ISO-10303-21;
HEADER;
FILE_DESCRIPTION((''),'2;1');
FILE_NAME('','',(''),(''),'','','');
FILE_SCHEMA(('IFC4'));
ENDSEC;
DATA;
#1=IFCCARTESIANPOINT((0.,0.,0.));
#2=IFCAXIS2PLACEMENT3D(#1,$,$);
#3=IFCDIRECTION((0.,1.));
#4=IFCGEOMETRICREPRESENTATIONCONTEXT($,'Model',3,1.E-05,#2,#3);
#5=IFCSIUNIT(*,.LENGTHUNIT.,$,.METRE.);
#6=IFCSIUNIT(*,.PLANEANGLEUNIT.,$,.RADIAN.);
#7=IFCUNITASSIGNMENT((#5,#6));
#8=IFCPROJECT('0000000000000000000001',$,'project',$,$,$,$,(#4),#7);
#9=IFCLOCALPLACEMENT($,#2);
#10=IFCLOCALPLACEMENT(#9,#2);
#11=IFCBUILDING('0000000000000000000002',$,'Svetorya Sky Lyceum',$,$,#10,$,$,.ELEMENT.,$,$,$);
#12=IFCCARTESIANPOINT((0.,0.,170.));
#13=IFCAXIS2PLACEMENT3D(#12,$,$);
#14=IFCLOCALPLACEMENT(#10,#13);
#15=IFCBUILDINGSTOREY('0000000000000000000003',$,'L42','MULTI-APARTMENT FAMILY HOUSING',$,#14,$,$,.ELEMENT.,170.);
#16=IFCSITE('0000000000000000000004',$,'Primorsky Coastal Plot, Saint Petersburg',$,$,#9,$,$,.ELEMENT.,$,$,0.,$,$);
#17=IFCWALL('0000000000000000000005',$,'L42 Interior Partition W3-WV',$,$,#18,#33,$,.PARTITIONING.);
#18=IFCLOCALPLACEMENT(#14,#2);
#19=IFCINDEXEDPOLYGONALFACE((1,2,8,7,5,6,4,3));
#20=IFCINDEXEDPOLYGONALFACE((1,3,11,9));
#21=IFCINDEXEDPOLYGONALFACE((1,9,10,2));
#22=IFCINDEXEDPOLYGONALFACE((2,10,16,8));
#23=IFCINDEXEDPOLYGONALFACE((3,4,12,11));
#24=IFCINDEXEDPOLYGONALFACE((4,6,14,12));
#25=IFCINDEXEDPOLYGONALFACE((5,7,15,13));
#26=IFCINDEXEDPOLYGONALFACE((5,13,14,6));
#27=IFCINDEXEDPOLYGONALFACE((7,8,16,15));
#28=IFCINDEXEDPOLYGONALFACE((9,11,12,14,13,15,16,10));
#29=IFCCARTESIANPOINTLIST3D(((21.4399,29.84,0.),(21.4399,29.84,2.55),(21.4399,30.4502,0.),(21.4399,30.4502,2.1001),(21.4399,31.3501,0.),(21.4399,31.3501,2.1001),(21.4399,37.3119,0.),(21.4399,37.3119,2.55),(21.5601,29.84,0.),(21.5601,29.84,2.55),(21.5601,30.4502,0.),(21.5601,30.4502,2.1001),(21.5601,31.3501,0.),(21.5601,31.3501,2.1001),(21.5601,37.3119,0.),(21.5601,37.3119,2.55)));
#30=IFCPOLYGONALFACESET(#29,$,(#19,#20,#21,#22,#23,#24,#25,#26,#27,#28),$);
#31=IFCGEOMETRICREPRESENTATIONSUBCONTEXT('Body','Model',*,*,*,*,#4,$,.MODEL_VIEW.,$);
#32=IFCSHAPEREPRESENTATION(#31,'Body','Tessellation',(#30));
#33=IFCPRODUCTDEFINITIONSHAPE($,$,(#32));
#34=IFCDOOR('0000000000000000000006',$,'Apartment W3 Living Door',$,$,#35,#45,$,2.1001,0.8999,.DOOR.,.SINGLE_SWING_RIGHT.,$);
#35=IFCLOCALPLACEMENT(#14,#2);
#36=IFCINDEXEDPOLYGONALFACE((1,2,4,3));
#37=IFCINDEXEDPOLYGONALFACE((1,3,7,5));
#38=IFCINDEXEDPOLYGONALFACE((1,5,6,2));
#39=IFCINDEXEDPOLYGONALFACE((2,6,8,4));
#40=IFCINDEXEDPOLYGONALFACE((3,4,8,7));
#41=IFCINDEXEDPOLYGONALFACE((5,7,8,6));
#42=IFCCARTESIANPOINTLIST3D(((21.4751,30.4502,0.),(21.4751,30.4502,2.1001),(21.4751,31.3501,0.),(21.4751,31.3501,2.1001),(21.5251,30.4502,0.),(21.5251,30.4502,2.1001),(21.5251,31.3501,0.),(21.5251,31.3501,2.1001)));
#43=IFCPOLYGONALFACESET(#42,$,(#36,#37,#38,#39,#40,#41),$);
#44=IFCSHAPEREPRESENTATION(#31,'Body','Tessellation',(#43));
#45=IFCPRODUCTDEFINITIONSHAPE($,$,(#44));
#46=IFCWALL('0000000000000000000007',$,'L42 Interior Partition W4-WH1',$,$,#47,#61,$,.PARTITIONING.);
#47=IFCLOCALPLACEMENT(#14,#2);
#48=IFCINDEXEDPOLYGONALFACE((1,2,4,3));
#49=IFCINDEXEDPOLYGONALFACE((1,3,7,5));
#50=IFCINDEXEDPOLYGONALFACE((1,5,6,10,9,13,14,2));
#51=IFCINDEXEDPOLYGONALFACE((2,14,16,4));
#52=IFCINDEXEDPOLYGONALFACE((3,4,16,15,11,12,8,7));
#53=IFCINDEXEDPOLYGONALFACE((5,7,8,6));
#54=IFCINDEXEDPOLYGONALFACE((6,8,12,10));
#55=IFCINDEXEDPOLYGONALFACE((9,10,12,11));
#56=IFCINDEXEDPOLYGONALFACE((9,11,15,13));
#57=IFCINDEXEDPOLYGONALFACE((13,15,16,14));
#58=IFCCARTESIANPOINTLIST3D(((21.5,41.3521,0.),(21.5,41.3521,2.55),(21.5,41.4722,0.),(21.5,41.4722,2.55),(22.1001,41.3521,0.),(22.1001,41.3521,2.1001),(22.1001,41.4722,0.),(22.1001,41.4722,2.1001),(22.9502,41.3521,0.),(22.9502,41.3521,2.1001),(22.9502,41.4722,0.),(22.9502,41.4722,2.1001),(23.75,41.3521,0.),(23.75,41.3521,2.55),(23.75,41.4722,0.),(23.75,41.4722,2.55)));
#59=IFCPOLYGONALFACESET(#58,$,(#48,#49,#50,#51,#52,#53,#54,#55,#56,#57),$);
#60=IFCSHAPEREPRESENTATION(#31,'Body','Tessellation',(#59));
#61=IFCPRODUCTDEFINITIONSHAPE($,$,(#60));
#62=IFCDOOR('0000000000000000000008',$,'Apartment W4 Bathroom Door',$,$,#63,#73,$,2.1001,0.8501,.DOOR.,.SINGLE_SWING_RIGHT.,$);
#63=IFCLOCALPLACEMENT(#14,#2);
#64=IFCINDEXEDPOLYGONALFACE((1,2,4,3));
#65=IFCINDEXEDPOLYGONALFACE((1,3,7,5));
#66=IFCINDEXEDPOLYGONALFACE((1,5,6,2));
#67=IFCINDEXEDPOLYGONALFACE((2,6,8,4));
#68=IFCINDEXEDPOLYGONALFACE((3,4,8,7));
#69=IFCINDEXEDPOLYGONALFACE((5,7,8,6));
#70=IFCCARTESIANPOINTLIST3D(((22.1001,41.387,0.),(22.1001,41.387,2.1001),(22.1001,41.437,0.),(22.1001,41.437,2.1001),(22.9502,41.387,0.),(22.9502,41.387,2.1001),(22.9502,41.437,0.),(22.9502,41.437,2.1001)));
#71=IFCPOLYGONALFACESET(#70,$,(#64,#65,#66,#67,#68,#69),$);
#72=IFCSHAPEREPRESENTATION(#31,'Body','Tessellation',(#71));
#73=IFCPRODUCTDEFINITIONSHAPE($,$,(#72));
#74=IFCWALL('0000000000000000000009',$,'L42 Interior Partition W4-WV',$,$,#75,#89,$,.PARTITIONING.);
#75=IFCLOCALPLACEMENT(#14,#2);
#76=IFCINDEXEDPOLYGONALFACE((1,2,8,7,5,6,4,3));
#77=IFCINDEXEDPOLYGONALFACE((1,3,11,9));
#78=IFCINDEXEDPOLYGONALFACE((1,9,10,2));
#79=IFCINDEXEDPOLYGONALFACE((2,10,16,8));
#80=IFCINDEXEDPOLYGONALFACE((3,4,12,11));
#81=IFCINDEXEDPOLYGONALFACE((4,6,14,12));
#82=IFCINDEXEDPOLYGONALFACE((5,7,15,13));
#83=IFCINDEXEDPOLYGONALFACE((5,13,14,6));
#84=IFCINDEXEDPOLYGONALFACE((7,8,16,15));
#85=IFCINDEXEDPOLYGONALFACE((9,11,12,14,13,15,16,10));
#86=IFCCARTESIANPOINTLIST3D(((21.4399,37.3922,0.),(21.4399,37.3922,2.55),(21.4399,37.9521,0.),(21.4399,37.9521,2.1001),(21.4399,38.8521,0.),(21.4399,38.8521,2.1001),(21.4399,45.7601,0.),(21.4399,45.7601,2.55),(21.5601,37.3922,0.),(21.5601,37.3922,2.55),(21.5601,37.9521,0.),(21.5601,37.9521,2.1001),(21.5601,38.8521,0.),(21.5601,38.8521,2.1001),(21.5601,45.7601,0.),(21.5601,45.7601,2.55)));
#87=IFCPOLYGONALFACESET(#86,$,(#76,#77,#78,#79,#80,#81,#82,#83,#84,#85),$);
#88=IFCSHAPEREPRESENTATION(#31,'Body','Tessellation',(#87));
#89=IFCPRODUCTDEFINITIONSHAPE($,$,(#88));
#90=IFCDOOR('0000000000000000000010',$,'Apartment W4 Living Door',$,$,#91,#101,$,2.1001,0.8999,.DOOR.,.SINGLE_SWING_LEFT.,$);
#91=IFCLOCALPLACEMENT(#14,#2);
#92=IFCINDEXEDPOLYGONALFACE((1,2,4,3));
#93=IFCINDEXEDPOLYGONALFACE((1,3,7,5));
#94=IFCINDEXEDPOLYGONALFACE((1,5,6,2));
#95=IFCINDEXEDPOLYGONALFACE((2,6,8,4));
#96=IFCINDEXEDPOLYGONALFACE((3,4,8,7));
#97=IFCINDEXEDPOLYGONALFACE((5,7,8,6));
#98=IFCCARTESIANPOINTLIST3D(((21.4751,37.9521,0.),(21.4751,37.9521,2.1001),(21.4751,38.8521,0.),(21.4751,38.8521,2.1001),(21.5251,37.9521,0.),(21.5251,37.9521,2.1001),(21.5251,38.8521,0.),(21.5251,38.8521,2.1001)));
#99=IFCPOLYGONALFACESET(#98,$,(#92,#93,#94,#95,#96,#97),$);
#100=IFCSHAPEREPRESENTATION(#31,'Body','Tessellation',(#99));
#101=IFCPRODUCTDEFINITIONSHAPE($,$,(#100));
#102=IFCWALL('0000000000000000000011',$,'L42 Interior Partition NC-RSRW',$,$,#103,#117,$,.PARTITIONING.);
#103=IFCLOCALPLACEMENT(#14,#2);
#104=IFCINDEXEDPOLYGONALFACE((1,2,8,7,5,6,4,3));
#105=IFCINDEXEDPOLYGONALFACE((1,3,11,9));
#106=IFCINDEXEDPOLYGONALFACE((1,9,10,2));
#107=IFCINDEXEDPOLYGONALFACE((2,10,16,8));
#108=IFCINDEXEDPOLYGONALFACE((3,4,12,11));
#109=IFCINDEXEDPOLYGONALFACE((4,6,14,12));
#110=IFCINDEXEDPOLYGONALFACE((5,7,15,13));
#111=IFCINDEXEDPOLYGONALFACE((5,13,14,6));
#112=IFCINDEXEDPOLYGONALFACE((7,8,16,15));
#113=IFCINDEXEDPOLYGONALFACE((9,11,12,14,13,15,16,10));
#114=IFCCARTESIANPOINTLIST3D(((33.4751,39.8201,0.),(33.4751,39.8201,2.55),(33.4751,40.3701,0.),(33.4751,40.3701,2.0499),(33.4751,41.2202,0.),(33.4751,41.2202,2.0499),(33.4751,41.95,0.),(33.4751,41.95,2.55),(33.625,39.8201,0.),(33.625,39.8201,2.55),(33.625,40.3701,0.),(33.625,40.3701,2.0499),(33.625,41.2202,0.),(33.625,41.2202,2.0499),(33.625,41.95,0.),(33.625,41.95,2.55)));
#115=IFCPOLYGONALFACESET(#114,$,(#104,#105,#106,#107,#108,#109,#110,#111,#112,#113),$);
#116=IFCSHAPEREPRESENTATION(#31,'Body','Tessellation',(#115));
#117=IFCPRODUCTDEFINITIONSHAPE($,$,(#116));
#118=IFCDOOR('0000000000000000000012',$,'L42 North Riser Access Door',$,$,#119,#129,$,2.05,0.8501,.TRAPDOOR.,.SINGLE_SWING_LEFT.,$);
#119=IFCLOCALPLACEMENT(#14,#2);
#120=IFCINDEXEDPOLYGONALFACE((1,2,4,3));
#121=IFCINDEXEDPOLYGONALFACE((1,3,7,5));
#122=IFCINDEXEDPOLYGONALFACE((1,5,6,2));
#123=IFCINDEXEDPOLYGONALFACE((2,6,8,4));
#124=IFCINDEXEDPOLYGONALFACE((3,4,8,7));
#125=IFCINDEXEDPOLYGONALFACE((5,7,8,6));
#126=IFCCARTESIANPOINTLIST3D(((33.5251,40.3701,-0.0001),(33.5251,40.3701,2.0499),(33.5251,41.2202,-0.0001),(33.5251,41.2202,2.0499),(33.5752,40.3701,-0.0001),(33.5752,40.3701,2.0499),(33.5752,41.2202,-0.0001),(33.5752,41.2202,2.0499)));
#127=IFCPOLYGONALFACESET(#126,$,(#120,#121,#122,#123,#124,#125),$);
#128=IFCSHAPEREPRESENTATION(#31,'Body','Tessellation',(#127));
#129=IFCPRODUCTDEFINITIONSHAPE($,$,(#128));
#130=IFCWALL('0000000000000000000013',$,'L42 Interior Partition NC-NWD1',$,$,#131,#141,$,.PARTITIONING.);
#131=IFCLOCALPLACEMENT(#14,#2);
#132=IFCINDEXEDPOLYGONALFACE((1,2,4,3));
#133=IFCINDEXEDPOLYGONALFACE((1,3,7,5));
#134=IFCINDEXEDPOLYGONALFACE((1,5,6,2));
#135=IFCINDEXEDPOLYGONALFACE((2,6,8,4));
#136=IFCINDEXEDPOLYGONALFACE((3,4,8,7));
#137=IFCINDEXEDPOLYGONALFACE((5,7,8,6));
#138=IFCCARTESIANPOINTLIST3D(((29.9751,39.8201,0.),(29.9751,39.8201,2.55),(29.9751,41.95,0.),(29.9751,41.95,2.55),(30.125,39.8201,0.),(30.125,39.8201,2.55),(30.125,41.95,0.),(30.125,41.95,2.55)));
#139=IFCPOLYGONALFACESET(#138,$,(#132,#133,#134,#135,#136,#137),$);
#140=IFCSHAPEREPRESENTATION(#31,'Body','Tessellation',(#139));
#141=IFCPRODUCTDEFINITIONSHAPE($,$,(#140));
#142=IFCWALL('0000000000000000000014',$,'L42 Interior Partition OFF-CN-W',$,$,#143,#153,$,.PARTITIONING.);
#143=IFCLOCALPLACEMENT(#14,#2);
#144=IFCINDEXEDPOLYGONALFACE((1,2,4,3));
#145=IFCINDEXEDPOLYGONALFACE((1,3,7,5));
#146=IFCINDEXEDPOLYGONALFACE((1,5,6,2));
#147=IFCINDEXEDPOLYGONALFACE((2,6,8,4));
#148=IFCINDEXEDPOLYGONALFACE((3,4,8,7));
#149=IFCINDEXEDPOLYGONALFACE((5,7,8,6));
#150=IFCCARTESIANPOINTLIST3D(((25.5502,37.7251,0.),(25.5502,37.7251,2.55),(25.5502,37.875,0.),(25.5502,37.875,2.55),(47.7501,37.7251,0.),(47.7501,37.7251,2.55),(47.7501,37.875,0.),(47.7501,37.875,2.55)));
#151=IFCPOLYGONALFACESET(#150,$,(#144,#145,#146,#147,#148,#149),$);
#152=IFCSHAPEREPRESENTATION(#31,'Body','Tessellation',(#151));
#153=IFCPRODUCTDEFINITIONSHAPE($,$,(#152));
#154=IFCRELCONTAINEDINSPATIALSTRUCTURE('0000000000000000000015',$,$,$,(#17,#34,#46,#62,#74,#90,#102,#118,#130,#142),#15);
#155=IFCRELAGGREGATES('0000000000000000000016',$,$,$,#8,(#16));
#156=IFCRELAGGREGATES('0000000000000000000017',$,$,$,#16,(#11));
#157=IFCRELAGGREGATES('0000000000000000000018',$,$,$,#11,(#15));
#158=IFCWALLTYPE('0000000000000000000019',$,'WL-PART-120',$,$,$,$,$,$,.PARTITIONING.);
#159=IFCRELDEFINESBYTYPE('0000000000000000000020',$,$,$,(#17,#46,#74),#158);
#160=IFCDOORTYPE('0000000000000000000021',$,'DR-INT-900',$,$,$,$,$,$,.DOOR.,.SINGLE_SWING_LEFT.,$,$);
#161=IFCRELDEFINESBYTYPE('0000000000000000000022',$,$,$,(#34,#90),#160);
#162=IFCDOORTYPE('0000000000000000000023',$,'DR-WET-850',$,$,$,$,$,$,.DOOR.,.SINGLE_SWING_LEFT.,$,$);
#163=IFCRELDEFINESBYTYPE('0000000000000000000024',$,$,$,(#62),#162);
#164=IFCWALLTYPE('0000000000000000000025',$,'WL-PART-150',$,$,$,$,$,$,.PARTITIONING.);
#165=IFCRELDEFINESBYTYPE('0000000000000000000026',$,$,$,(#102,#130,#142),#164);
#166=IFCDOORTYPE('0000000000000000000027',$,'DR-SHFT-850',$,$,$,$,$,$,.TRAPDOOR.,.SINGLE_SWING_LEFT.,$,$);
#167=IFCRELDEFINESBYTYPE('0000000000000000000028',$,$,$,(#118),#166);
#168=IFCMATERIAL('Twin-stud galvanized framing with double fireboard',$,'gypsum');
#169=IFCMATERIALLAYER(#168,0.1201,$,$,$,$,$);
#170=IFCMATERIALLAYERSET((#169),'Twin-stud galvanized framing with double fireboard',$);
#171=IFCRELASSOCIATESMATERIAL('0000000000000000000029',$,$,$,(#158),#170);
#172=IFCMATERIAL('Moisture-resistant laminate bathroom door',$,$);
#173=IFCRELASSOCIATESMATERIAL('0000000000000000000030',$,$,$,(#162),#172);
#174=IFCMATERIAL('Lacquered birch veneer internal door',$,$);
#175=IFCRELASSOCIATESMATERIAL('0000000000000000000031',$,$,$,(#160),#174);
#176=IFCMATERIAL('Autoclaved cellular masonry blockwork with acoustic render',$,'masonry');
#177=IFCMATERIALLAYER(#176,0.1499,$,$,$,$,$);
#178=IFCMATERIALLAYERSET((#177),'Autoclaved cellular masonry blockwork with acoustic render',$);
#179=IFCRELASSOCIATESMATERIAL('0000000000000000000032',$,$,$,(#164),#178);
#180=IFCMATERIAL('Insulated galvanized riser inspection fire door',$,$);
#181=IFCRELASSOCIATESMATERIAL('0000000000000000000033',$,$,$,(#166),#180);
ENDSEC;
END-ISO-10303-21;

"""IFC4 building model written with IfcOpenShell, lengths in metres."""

from ifc_helpers import new_model, si_unit, direction, frame, frame_2d, origin, place, context, subcontext, project, spatial, rectangle, extrude, material, layer, layer_set, type_object, element, fill, save


model = new_model("IFC4")

# Units and contexts
model_context = context("Model", 3, precision=1e-05, world=origin(), true_north=direction((0.0, 1.0)))
body_context = subcontext(model_context, "Body", "Model", "MODEL_VIEW")
ifc_project = project(units=[si_unit("LENGTHUNIT", "METRE"), si_unit("PLANEANGLEUNIT", "RADIAN")], contexts=[model_context])

# Site, building, storey
site_placement = place(None, origin())
site = spatial("IfcSite", under=ifc_project, at=site_placement, Name="Primorsky Coastal Plot, Saint Petersburg", CompositionType="ELEMENT", RefElevation=0.0)
building_placement = place(site_placement, origin())
building = spatial("IfcBuilding", under=site, at=building_placement, Name="Svetorya Sky Lyceum", CompositionType="ELEMENT")
storey_placement = place(building_placement, frame((0.0, 0.0, 170.0)))
storey = spatial("IfcBuildingStorey", under=building, at=storey_placement, Name="L42", Description="MULTI-APARTMENT FAMILY HOUSING", CompositionType="ELEMENT", Elevation=170.0)

# Shared definitions
ifc_material_1 = material(Name="Twin-stud galvanized framing with double fireboard", Category="gypsum")
ifc_layer_1 = layer(ifc_material_1, 0.1201)
ifc_layer_set_1 = layer_set([ifc_layer_1], Name="Twin-stud galvanized framing with double fireboard")
wall_type_1 = type_object("IfcWallType", Name="WL-PART-120", PredefinedType="PARTITIONING", material=ifc_layer_set_1)

# Walls, openings, doors
ifc_material_2 = material(Name="Moisture-resistant laminate bathroom door")
door_type_1 = type_object("IfcDoorType", Name="DR-WET-850", OperationType="SINGLE_SWING_LEFT", PredefinedType="DOOR", material=ifc_material_2)
wall_1_placement = place(storey_placement, frame((21.5, 29.8401, 0.0), z_axis=(0.0, 0.0, 1.0), x_axis=(0.0, 1.0, 0.0)))
wall_1 = element("IfcWall", 1, at=wall_1_placement, inside=storey, type_object=wall_type_1, Name="L42 Interior Partition W3-WV", PredefinedType="PARTITIONING", context=body_context, shape_type="SweptSolid", body=[
    extrude(rectangle(XDim=7.4719, YDim=0.1201, at=frame_2d((3.7358, 0.0))), origin(), (0.0, 0.0, 1.0), 2.55),
])
opening_1_placement = place(wall_1_placement, frame((0.6101, 0.0, 0.0)))
opening_1 = element("IfcOpeningElement", 2, at=opening_1_placement, cuts=wall_1, PredefinedType="OPENING", context=body_context, shape_type="SweptSolid", body=[
    extrude(rectangle(XDim=0.8999, YDim=2.1001, at=frame_2d((0.45, 1.05))), frame((0.0, 0.0701, 0.0), z_axis=(0.0, -1.0, 0.0), x_axis=(1.0, 0.0, 0.0)), (0.0, 0.0, 1.0), 0.1401),
])
ifc_material_3 = material(Name="Lacquered birch veneer internal door")
door_type_2 = type_object("IfcDoorType", Name="DR-INT-900", OperationType="SINGLE_SWING_LEFT", PredefinedType="DOOR", material=ifc_material_3)
door_1_placement = place(opening_1_placement, origin())
door_1 = element("IfcDoor", 3, at=door_1_placement, inside=storey, type_object=door_type_2, Name="Apartment W3 Living Door", OperationType="SINGLE_SWING_RIGHT", OverallHeight=2.1001, OverallWidth=0.8999, PredefinedType="DOOR", context=body_context, shape_type="SweptSolid", body=[
    extrude(rectangle(XDim=0.8999, YDim=2.1001, at=frame_2d((0.45, 1.05))), frame((0.0, 0.0249, 0.0), z_axis=(0.0, -1.0, 0.0), x_axis=(1.0, 0.0, 0.0)), (0.0, 0.0, 1.0), 0.05),
])
fill(opening_1, door_1)
wall_2_placement = place(storey_placement, frame((21.5, 41.4121, 0.0), z_axis=(0.0, 0.0, 1.0), x_axis=(1.0, 0.0, 0.0)))
wall_2 = element("IfcWall", 4, at=wall_2_placement, inside=storey, type_object=wall_type_1, Name="L42 Interior Partition W4-WH1", PredefinedType="PARTITIONING", context=body_context, shape_type="SweptSolid", body=[
    extrude(rectangle(XDim=2.25, YDim=0.1201, at=frame_2d((1.125, 0.0))), origin(), (0.0, 0.0, 1.0), 2.55),
])
opening_2_placement = place(wall_2_placement, frame((0.6001, 0.0, 0.0)))
opening_2 = element("IfcOpeningElement", 5, at=opening_2_placement, cuts=wall_2, PredefinedType="OPENING", context=body_context, shape_type="SweptSolid", body=[
    extrude(rectangle(XDim=0.8501, YDim=2.1001, at=frame_2d((0.425, 1.05))), frame((0.0, 0.0701, 0.0), z_axis=(0.0, -1.0, 0.0), x_axis=(1.0, 0.0, 0.0)), (0.0, 0.0, 1.0), 0.1401),
])
door_2_placement = place(opening_2_placement, origin())
door_2 = element("IfcDoor", 6, at=door_2_placement, inside=storey, type_object=door_type_1, Name="Apartment W4 Bathroom Door", OperationType="SINGLE_SWING_RIGHT", OverallHeight=2.1001, OverallWidth=0.8501, PredefinedType="DOOR", context=body_context, shape_type="SweptSolid", body=[
    extrude(rectangle(XDim=0.8501, YDim=2.1001, at=frame_2d((0.425, 1.05))), frame((0.0, 0.0249, 0.0), z_axis=(0.0, -1.0, 0.0), x_axis=(1.0, 0.0, 0.0)), (0.0, 0.0, 1.0), 0.05),
])
fill(opening_2, door_2)
wall_3_placement = place(storey_placement, frame((21.5, 37.3921, 0.0), z_axis=(0.0, 0.0, 1.0), x_axis=(0.0, 1.0, 0.0)))
wall_3 = element("IfcWall", 7, at=wall_3_placement, inside=storey, type_object=wall_type_1, Name="L42 Interior Partition W4-WV", PredefinedType="PARTITIONING", context=body_context, shape_type="SweptSolid", body=[
    extrude(rectangle(XDim=8.3679, YDim=0.1201, at=frame_2d((4.1841, 0.0))), origin(), (0.0, 0.0, 1.0), 2.55),
])
opening_3_placement = place(wall_3_placement, frame((0.5601, 0.0, 0.0)))
opening_3 = element("IfcOpeningElement", 8, at=opening_3_placement, cuts=wall_3, PredefinedType="OPENING", context=body_context, shape_type="SweptSolid", body=[
    extrude(rectangle(XDim=0.8999, YDim=2.1001, at=frame_2d((0.45, 1.05))), frame((0.0, 0.0701, 0.0), z_axis=(0.0, -1.0, 0.0), x_axis=(1.0, 0.0, 0.0)), (0.0, 0.0, 1.0), 0.1401),
])
door_3_placement = place(opening_3_placement, origin())
door_3 = element("IfcDoor", 9, at=door_3_placement, inside=storey, type_object=door_type_2, Name="Apartment W4 Living Door", OperationType="SINGLE_SWING_LEFT", OverallHeight=2.1001, OverallWidth=0.8999, PredefinedType="DOOR", context=body_context, shape_type="SweptSolid", body=[
    extrude(rectangle(XDim=0.8999, YDim=2.1001, at=frame_2d((0.45, 1.05))), frame((0.0, 0.0249, 0.0), z_axis=(0.0, -1.0, 0.0), x_axis=(1.0, 0.0, 0.0)), (0.0, 0.0, 1.0), 0.05),
])
fill(opening_3, door_3)
ifc_material_4 = material(Name="Autoclaved cellular masonry blockwork with acoustic render", Category="masonry")
ifc_layer_2 = layer(ifc_material_4, 0.1499)
ifc_layer_set_2 = layer_set([ifc_layer_2], Name="Autoclaved cellular masonry blockwork with acoustic render")
wall_type_2 = type_object("IfcWallType", Name="WL-PART-150", PredefinedType="PARTITIONING", material=ifc_layer_set_2)
wall_4_placement = place(storey_placement, frame((33.55, 39.8201, 0.0), z_axis=(0.0, 0.0, 1.0), x_axis=(0.0, 1.0, 0.0)))
wall_4 = element("IfcWall", 10, at=wall_4_placement, inside=storey, type_object=wall_type_2, Name="L42 Interior Partition NC-RSRW", PredefinedType="PARTITIONING", context=body_context, shape_type="SweptSolid", body=[
    extrude(rectangle(XDim=2.1299, YDim=0.1499, at=frame_2d((1.0649, 0.0))), origin(), (0.0, 0.0, 1.0), 2.55),
])
opening_4_placement = place(wall_4_placement, frame((0.55, 0.0, 0.0)))
opening_4 = element("IfcOpeningElement", 11, at=opening_4_placement, cuts=wall_4, PredefinedType="OPENING", context=body_context, shape_type="SweptSolid", body=[
    extrude(rectangle(XDim=0.8501, YDim=2.05, at=frame_2d((0.425, 1.0249))), frame((0.0, 0.085, 0.0), z_axis=(0.0, -1.0, 0.0), x_axis=(1.0, 0.0, 0.0)), (0.0, 0.0, 1.0), 0.1699),
])
ifc_material_5 = material(Name="Insulated galvanized riser inspection fire door")
door_type_3 = type_object("IfcDoorType", Name="DR-SHFT-850", OperationType="SINGLE_SWING_LEFT", PredefinedType="TRAPDOOR", material=ifc_material_5)
door_4_placement = place(opening_4_placement, origin())
door_4 = element("IfcDoor", 12, at=door_4_placement, inside=storey, type_object=door_type_3, Name="L42 North Riser Access Door", OperationType="SINGLE_SWING_LEFT", OverallHeight=2.05, OverallWidth=0.8501, PredefinedType="TRAPDOOR", context=body_context, shape_type="SweptSolid", body=[
    extrude(rectangle(XDim=0.8501, YDim=2.05, at=frame_2d((0.425, 1.0249))), frame((0.0, 0.0249, 0.0), z_axis=(0.0, -1.0, 0.0), x_axis=(1.0, 0.0, 0.0)), (0.0, 0.0, 1.0), 0.05),
])
fill(opening_4, door_4)

# Walls
wall_5_placement = place(storey_placement, frame((30.05, 39.8201, 0.0), z_axis=(0.0, 0.0, 1.0), x_axis=(0.0, 1.0, 0.0)))
element("IfcWall", 13, at=wall_5_placement, inside=storey, type_object=wall_type_2, Name="L42 Interior Partition NC-NWD1", PredefinedType="PARTITIONING", context=body_context, shape_type="SweptSolid", body=[
    extrude(rectangle(XDim=2.1299, YDim=0.1499, at=frame_2d((1.0649, 0.0))), origin(), (0.0, 0.0, 1.0), 2.55),
])
wall_6_placement = place(storey_placement, frame((25.55, 37.8, 0.0), z_axis=(0.0, 0.0, 1.0), x_axis=(1.0, 0.0, 0.0)))
element("IfcWall", 14, at=wall_6_placement, inside=storey, type_object=wall_type_2, Name="L42 Interior Partition OFF-CN-W", PredefinedType="PARTITIONING", context=body_context, shape_type="SweptSolid", body=[
    extrude(rectangle(XDim=22.2, YDim=0.1499, at=frame_2d((11.1001, 0.0))), origin(), (0.0, 0.0, 1.0), 2.55),
])

save(model, "model.ifc")
